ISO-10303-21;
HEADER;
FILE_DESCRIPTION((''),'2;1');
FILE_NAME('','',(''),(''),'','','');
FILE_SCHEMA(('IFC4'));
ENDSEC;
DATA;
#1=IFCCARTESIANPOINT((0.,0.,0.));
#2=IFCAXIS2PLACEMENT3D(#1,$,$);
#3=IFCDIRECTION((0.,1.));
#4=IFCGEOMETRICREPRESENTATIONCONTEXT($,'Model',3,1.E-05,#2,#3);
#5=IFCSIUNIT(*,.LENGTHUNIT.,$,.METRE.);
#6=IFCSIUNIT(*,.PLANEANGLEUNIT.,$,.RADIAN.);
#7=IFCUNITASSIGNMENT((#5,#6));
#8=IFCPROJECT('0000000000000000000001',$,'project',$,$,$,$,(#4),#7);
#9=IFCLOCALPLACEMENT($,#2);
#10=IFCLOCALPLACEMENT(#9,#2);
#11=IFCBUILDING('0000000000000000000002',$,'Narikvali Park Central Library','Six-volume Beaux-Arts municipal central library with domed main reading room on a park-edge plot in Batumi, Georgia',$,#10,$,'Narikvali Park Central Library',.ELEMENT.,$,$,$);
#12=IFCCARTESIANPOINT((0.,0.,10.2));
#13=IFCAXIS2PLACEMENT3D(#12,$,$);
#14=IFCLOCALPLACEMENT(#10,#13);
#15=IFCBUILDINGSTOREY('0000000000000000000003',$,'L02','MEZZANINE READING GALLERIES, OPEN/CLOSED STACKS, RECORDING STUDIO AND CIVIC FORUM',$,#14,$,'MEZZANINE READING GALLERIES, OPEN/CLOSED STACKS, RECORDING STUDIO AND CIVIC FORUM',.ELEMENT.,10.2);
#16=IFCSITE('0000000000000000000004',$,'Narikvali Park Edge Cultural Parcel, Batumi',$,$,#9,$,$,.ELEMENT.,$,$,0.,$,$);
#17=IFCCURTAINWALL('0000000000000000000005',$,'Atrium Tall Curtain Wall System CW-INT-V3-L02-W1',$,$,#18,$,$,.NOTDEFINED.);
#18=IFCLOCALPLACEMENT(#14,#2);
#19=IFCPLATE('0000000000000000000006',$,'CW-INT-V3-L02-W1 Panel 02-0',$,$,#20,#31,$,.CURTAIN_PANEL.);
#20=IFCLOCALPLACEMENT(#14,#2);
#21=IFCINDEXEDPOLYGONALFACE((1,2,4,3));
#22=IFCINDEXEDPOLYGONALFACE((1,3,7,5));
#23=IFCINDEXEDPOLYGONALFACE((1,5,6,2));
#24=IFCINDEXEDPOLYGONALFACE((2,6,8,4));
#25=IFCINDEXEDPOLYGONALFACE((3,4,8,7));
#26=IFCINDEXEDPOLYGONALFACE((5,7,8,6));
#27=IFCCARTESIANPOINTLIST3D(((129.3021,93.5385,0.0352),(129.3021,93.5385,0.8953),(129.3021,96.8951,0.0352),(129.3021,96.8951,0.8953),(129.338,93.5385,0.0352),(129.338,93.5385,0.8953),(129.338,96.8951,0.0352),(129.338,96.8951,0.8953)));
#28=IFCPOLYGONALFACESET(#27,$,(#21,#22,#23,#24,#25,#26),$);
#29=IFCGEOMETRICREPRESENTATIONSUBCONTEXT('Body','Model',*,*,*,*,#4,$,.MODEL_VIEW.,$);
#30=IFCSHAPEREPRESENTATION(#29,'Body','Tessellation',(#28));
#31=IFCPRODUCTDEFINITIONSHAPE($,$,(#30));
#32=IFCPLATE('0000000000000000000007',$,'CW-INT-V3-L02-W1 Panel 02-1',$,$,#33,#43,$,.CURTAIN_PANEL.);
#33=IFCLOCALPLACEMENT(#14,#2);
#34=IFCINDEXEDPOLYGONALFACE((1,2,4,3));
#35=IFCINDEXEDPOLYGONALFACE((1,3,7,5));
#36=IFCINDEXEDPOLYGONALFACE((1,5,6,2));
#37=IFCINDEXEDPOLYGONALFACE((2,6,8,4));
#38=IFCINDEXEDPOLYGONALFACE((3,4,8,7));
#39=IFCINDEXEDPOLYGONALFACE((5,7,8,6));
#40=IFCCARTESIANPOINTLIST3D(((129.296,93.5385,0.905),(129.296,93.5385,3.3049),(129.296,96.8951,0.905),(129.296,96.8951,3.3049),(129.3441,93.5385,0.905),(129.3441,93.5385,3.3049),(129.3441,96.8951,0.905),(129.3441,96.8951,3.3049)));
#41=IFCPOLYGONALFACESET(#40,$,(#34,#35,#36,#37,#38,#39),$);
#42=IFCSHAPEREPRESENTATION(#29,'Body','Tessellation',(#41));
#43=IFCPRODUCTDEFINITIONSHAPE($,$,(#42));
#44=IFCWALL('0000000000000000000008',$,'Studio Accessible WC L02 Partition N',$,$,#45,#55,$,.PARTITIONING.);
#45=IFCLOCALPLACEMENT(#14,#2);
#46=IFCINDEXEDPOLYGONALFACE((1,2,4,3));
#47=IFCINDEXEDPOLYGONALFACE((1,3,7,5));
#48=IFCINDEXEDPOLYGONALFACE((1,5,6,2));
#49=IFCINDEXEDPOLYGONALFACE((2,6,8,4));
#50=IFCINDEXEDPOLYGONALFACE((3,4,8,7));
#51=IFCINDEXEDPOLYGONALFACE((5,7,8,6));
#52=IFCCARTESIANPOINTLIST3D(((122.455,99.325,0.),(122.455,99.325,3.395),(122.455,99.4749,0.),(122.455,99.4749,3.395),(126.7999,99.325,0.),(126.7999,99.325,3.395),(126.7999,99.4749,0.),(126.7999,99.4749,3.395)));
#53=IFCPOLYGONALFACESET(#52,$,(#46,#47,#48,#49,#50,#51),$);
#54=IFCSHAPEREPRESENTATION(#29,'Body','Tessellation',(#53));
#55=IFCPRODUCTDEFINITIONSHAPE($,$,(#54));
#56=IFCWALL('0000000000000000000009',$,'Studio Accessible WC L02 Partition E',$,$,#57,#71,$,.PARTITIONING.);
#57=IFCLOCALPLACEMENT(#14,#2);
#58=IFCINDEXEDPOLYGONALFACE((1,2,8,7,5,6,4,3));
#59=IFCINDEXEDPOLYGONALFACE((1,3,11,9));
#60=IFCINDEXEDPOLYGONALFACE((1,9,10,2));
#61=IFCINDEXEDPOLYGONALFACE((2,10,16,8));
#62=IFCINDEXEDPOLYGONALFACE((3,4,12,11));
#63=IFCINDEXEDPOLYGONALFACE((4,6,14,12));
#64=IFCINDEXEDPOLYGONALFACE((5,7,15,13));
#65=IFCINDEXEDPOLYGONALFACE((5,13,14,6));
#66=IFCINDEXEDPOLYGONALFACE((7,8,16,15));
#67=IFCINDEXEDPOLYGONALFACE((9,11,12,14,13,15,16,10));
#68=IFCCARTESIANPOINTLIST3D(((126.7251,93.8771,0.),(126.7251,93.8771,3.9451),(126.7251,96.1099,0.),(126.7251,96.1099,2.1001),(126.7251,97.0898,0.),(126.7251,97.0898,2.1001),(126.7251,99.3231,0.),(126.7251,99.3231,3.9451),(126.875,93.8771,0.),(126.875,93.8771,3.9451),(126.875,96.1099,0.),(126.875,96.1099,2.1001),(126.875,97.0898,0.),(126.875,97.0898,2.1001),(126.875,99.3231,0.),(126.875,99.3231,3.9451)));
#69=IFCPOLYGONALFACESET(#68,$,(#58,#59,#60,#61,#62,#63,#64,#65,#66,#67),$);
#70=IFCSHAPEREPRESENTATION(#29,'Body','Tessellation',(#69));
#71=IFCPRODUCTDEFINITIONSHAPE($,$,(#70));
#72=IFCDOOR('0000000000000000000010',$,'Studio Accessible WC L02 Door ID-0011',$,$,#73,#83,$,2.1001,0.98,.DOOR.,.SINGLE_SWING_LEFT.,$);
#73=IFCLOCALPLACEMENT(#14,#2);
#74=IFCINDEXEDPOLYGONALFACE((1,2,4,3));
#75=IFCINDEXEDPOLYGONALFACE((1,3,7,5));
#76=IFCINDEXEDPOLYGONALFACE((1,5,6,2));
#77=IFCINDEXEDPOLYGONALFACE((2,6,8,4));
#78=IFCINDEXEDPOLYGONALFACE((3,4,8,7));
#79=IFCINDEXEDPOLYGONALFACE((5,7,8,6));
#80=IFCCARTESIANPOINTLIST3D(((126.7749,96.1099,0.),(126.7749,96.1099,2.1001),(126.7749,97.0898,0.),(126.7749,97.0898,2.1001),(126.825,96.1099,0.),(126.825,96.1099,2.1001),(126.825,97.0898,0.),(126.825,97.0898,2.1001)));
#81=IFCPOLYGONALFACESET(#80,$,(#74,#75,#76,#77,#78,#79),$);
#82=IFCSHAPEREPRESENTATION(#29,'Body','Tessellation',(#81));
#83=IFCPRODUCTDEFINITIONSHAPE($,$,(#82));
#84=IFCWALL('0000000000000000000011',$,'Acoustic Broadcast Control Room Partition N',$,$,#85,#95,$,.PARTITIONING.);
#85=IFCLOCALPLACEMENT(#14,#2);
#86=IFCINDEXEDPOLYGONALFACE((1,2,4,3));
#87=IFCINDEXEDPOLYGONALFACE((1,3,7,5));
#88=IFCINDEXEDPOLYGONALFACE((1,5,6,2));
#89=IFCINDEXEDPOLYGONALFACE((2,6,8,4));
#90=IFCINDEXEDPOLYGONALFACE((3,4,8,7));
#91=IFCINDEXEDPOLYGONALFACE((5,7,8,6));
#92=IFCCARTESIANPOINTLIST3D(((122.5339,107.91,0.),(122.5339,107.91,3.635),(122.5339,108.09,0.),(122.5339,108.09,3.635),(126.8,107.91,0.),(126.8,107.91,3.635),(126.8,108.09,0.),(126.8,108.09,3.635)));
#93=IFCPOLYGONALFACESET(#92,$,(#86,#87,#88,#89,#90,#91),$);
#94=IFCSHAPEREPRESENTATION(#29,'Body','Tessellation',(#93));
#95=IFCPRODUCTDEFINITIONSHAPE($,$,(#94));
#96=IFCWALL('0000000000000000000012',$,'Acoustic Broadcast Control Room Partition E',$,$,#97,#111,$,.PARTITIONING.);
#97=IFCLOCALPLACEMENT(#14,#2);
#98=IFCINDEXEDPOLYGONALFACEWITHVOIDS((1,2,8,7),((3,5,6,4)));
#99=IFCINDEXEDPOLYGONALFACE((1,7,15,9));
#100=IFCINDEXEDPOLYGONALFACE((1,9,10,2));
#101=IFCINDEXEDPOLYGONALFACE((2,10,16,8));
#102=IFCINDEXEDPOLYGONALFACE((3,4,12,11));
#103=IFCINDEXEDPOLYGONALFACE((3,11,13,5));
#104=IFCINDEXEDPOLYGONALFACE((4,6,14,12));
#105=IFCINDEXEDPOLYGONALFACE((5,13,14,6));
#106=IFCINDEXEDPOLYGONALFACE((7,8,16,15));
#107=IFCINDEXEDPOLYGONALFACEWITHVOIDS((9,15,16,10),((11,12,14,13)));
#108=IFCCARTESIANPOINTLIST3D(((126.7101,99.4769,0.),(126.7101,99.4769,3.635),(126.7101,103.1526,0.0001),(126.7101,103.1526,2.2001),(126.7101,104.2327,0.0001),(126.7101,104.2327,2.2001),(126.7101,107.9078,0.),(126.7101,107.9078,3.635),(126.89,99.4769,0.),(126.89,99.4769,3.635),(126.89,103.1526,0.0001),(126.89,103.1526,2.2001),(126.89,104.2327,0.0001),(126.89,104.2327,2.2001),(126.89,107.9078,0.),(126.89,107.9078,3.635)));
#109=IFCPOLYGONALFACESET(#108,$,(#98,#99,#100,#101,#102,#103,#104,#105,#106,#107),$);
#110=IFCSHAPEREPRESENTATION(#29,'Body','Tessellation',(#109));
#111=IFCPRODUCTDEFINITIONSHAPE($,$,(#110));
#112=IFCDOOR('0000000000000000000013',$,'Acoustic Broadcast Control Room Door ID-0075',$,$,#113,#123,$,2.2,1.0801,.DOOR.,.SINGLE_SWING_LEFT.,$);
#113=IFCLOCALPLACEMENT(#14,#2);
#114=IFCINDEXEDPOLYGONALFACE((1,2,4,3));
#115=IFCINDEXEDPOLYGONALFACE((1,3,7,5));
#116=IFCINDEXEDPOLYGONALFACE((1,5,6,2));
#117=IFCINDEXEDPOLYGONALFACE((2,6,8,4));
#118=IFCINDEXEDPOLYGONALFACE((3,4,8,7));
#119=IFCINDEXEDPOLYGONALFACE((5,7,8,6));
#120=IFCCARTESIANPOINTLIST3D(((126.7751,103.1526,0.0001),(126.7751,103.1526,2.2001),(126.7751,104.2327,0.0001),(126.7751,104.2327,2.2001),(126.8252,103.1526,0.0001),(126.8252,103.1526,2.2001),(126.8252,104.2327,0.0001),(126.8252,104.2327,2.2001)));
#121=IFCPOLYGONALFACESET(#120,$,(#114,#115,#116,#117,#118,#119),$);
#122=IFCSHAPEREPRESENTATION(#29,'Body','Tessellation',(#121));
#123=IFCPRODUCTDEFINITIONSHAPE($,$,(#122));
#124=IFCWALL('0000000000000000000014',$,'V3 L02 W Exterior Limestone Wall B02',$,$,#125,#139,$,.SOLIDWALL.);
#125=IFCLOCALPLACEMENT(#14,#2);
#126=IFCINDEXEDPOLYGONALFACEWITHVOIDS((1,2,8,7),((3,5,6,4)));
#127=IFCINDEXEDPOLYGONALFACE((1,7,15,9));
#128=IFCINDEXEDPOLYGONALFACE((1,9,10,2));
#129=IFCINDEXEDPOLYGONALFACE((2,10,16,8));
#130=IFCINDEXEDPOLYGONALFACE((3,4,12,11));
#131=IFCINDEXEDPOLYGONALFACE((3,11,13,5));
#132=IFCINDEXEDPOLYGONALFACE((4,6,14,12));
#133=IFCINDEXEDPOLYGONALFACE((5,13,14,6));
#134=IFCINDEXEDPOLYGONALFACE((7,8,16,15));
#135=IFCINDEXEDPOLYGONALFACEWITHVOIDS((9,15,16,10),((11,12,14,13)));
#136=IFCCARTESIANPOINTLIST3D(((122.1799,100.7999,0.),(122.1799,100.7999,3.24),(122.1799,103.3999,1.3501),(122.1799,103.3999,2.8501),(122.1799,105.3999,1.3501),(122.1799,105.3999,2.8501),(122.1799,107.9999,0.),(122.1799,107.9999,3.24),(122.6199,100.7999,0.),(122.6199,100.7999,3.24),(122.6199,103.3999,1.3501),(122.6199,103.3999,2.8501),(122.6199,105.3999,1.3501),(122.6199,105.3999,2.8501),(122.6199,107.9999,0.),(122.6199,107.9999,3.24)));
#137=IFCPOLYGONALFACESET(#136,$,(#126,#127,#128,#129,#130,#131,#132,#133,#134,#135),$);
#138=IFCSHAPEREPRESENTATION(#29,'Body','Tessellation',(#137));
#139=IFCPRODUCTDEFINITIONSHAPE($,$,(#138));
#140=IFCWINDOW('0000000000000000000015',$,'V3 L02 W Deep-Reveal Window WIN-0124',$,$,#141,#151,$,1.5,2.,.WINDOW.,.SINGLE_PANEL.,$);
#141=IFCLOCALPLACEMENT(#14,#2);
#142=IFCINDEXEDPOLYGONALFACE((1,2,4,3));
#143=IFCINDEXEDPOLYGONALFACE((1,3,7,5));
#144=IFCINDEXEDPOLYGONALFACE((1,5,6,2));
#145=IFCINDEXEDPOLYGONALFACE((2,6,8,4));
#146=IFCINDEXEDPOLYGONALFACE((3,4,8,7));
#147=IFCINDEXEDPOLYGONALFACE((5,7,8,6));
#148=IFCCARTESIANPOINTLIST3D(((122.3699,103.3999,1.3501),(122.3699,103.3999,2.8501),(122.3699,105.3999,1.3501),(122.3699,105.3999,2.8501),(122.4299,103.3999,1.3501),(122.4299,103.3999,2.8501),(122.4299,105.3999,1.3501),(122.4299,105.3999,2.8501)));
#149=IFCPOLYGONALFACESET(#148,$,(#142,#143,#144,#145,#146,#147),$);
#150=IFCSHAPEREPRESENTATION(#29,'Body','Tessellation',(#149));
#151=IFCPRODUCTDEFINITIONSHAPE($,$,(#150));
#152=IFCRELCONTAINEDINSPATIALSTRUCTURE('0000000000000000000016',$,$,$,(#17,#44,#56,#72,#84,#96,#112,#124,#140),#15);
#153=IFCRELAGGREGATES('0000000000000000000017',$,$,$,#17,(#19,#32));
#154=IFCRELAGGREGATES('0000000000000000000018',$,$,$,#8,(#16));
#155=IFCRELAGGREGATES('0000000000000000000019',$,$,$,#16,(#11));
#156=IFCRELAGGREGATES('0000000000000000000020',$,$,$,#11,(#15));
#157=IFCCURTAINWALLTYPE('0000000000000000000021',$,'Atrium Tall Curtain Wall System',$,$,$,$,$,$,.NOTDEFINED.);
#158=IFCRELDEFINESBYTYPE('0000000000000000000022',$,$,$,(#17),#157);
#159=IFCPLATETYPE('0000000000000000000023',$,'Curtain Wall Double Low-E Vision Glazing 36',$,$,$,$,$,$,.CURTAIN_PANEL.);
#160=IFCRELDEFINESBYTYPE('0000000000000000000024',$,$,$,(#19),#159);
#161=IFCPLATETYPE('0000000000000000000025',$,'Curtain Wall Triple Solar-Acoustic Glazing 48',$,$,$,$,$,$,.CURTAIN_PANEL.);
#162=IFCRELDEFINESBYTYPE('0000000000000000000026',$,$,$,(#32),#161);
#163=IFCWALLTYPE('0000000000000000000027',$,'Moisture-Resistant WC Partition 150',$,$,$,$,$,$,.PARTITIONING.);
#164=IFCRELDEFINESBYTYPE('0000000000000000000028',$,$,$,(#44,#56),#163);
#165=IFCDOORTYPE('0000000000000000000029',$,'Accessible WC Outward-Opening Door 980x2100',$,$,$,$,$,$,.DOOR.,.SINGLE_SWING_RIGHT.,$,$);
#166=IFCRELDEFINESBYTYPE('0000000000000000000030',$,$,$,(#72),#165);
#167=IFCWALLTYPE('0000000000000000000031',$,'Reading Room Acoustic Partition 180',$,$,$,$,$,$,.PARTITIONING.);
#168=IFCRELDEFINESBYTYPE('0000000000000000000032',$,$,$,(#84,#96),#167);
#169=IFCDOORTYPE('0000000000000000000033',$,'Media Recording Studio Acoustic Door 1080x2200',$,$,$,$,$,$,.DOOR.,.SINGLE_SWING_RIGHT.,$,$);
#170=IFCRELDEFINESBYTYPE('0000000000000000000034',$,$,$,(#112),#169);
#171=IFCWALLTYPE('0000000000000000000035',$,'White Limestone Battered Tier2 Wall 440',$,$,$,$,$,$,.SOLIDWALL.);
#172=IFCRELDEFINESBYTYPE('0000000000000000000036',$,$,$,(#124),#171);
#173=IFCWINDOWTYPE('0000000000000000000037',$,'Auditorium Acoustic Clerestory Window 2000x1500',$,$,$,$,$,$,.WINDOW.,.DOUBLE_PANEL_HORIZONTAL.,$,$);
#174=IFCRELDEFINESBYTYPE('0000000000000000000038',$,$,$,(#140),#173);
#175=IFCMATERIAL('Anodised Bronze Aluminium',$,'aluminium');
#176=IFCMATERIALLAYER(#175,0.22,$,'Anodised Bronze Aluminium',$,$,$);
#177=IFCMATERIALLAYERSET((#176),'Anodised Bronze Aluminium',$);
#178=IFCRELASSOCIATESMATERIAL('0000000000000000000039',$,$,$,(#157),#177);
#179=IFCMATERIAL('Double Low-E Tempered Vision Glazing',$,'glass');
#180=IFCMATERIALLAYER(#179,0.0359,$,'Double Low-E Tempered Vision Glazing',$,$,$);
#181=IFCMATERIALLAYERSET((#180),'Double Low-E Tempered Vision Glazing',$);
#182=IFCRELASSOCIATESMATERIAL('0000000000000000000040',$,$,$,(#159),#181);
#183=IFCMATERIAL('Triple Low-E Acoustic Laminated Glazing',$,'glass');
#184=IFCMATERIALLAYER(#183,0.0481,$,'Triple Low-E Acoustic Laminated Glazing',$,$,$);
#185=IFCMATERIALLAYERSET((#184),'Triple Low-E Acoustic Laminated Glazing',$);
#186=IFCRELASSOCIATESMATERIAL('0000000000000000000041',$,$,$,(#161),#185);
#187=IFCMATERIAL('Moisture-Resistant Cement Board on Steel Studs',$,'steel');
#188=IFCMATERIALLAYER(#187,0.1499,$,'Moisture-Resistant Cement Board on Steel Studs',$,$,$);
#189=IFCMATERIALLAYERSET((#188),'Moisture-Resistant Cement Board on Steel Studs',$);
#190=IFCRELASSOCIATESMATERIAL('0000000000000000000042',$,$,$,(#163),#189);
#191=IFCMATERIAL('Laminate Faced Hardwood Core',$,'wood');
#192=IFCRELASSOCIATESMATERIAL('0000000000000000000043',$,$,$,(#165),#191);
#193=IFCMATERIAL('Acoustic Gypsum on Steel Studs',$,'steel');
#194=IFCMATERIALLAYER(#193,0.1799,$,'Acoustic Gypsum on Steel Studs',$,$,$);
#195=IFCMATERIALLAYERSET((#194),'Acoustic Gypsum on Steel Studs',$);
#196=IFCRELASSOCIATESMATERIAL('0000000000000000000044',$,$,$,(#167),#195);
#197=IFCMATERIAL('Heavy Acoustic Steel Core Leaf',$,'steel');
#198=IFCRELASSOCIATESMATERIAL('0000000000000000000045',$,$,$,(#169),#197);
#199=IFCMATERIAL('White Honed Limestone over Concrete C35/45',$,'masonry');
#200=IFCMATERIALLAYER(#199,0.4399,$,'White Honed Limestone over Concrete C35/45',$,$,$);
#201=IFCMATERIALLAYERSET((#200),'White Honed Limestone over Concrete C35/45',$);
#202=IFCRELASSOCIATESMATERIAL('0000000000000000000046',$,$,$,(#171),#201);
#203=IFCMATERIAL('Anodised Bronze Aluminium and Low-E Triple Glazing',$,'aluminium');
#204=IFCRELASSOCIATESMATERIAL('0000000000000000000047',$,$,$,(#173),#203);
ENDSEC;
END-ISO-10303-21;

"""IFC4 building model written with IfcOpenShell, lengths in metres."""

from ifc_helpers import new_model, si_unit, direction, frame, frame_2d, origin, origin_2d, place, context, subcontext, project, spatial, rectangle, extrude, material, layer, layer_set, type_object, element, fill, aggregate, save


model = new_model("IFC4")

# Units and contexts
model_context = context("Model", 3, precision=1e-05, world=origin(), true_north=direction((0.0, 1.0)))
body_context = subcontext(model_context, "Body", "Model", "MODEL_VIEW")
ifc_project = project(units=[si_unit("LENGTHUNIT", "METRE"), si_unit("PLANEANGLEUNIT", "RADIAN")], contexts=[model_context])

# Site, building, storey
site_placement = place(None, origin())
site = spatial("IfcSite", under=ifc_project, at=site_placement, Name="Narikvali Park Edge Cultural Parcel, Batumi", CompositionType="ELEMENT", RefElevation=0.0)
building_placement = place(site_placement, origin())
building = spatial("IfcBuilding", under=site, at=building_placement, Name="Narikvali Park Central Library", Description="Six-volume Beaux-Arts municipal central library with domed main reading room on a park-edge plot in Batumi, Georgia", LongName="Narikvali Park Central Library", CompositionType="ELEMENT")
storey_placement = place(building_placement, frame((0.0, 0.0, 10.2)))
storey = spatial("IfcBuildingStorey", under=building, at=storey_placement, Name="L02", Description="MEZZANINE READING GALLERIES, OPEN/CLOSED STACKS, RECORDING STUDIO AND CIVIC FORUM", LongName="MEZZANINE READING GALLERIES, OPEN/CLOSED STACKS, RECORDING STUDIO AND CIVIC FORUM", CompositionType="ELEMENT", Elevation=10.2)

# Shared definitions
ifc_material_1 = material(Name="Anodised Bronze Aluminium", Category="aluminium")
ifc_layer_1 = layer(ifc_material_1, 0.22, Name="Anodised Bronze Aluminium")
ifc_layer_set_1 = layer_set([ifc_layer_1], Name="Anodised Bronze Aluminium")
curtain_wall_type = type_object("IfcCurtainWallType", Name="Atrium Tall Curtain Wall System", PredefinedType="NOTDEFINED", material=ifc_layer_set_1)

# Curtain wall
curtain_wall_1_placement = place(storey_placement, origin())
curtain_wall_1 = element("IfcCurtainWall", 1, at=curtain_wall_1_placement, inside=storey, type_object=curtain_wall_type, Name="Atrium Tall Curtain Wall System CW-INT-V3-L02-W1", PredefinedType="NOTDEFINED")

# Plates
ifc_material_2 = material(Name="Double Low-E Tempered Vision Glazing", Category="glass")
ifc_layer_2 = layer(ifc_material_2, 0.0359, Name="Double Low-E Tempered Vision Glazing")
ifc_layer_set_2 = layer_set([ifc_layer_2], Name="Double Low-E Tempered Vision Glazing")
plate_type_1 = type_object("IfcPlateType", Name="Curtain Wall Double Low-E Vision Glazing 36", PredefinedType="CURTAIN_PANEL", material=ifc_layer_set_2)
plate_1_placement = place(storey_placement, frame((129.3201, 95.2168, 0.0352), z_axis=(0.0, 0.0, 1.0), x_axis=(0.0, 1.0, 0.0)))
plate_1 = element("IfcPlate", 2, at=plate_1_placement, type_object=plate_type_1, Name="CW-INT-V3-L02-W1 Panel 02-0", PredefinedType="CURTAIN_PANEL", context=body_context, shape_type="SweptSolid", body=[
    extrude(rectangle(XDim=3.3567, YDim=0.0359, at=origin_2d()), origin(), (0.0, 0.0, 1.0), 0.8601),
])
ifc_material_3 = material(Name="Triple Low-E Acoustic Laminated Glazing", Category="glass")
ifc_layer_3 = layer(ifc_material_3, 0.0481, Name="Triple Low-E Acoustic Laminated Glazing")
ifc_layer_set_3 = layer_set([ifc_layer_3], Name="Triple Low-E Acoustic Laminated Glazing")
plate_type_2 = type_object("IfcPlateType", Name="Curtain Wall Triple Solar-Acoustic Glazing 48", PredefinedType="CURTAIN_PANEL", material=ifc_layer_set_3)
plate_2_placement = place(storey_placement, frame((129.3201, 95.2168, 0.905), z_axis=(0.0, 0.0, 1.0), x_axis=(0.0, 1.0, 0.0)))
plate_2 = element("IfcPlate", 3, at=plate_2_placement, type_object=plate_type_2, Name="CW-INT-V3-L02-W1 Panel 02-1", PredefinedType="CURTAIN_PANEL", context=body_context, shape_type="SweptSolid", body=[
    extrude(rectangle(XDim=3.3567, YDim=0.0481, at=origin_2d()), origin(), (0.0, 0.0, 1.0), 2.3999),
])
aggregate(curtain_wall_1, [plate_1, plate_2])

# Wall
ifc_material_4 = material(Name="Moisture-Resistant Cement Board on Steel Studs", Category="steel")
ifc_layer_4 = layer(ifc_material_4, 0.1499, Name="Moisture-Resistant Cement Board on Steel Studs")
ifc_layer_set_4 = layer_set([ifc_layer_4], Name="Moisture-Resistant Cement Board on Steel Studs")
wall_type_1 = type_object("IfcWallType", Name="Moisture-Resistant WC Partition 150", PredefinedType="PARTITIONING", material=ifc_layer_set_4)
wall_1_placement = place(storey_placement, frame((122.4551, 99.3999, 0.0), z_axis=(0.0, 0.0, 1.0), x_axis=(1.0, 0.0, 0.0)))
element("IfcWall", 4, at=wall_1_placement, inside=storey, type_object=wall_type_1, Name="Studio Accessible WC L02 Partition N", PredefinedType="PARTITIONING", context=body_context, shape_type="SweptSolid", body=[
    extrude(rectangle(XDim=4.345, YDim=0.1499, at=frame_2d((2.1724, 0.0))), origin(), (0.0, 0.0, 1.0), 3.395),
])

# Wall, opening, door
wall_2_placement = place(storey_placement, frame((126.8, 93.877, 0.0), z_axis=(0.0, 0.0, 1.0), x_axis=(0.0, 1.0, 0.0)))
wall_2 = element("IfcWall", 5, at=wall_2_placement, inside=storey, type_object=wall_type_1, Name="Studio Accessible WC L02 Partition E", PredefinedType="PARTITIONING", context=body_context, shape_type="SweptSolid", body=[
    extrude(rectangle(XDim=5.446, YDim=0.1499, at=frame_2d((2.7231, 0.0))), origin(), (0.0, 0.0, 1.0), 3.9451),
])
opening_1_placement = place(wall_2_placement, frame((2.2329, 0.0, 0.0)))
opening_1 = element("IfcOpeningElement", 6, at=opening_1_placement, cuts=wall_2, PredefinedType="OPENING", context=body_context, shape_type="SweptSolid", body=[
    extrude(rectangle(XDim=0.98, YDim=2.1001, at=frame_2d((0.49, 1.05))), frame((0.0, 0.0869, 0.0), z_axis=(0.0, -1.0, 0.0), x_axis=(1.0, 0.0, 0.0)), (0.0, 0.0, 1.0), 0.1738),
])
ifc_material_5 = material(Name="Laminate Faced Hardwood Core", Category="wood")
door_type_1 = type_object("IfcDoorType", Name="Accessible WC Outward-Opening Door 980x2100", OperationType="SINGLE_SWING_RIGHT", PredefinedType="DOOR", material=ifc_material_5)
door_1_placement = place(opening_1_placement, frame((0.98, 0.0, 0.0), z_axis=(0.0, 0.0, 1.0), x_axis=(-1.0, 0.0, 0.0)))
door_1 = element("IfcDoor", 7, at=door_1_placement, inside=storey, type_object=door_type_1, Name="Studio Accessible WC L02 Door ID-0011", OperationType="SINGLE_SWING_LEFT", OverallHeight=2.1001, OverallWidth=0.98, PredefinedType="DOOR", context=body_context, shape_type="SweptSolid", body=[
    extrude(rectangle(XDim=0.98, YDim=2.1001, at=frame_2d((0.49, 1.05))), frame((0.0, 0.0249, 0.0), z_axis=(0.0, -1.0, 0.0), x_axis=(1.0, 0.0, 0.0)), (0.0, 0.0, 1.0), 0.05),
])
fill(opening_1, door_1)

# Wall
ifc_material_6 = material(Name="Acoustic Gypsum on Steel Studs", Category="steel")
ifc_layer_5 = layer(ifc_material_6, 0.1799, Name="Acoustic Gypsum on Steel Studs")
ifc_layer_set_5 = layer_set([ifc_layer_5], Name="Acoustic Gypsum on Steel Studs")
wall_type_2 = type_object("IfcWallType", Name="Reading Room Acoustic Partition 180", PredefinedType="PARTITIONING", material=ifc_layer_set_5)
wall_3_placement = place(storey_placement, frame((122.5339, 108.0, 0.0), z_axis=(0.0, 0.0, 1.0), x_axis=(1.0, 0.0, 0.0)))
element("IfcWall", 8, at=wall_3_placement, inside=storey, type_object=wall_type_2, Name="Acoustic Broadcast Control Room Partition N", PredefinedType="PARTITIONING", context=body_context, shape_type="SweptSolid", body=[
    extrude(rectangle(XDim=4.2661, YDim=0.1799, at=frame_2d((2.1331, 0.0))), origin(), (0.0, 0.0, 1.0), 3.635),
])

# Wall, opening, door
wall_4_placement = place(storey_placement, frame((126.8, 99.4771, 0.0), z_axis=(0.0, 0.0, 1.0), x_axis=(0.0, 1.0, 0.0)))
wall_4 = element("IfcWall", 9, at=wall_4_placement, inside=storey, type_object=wall_type_2, Name="Acoustic Broadcast Control Room Partition E", PredefinedType="PARTITIONING", context=body_context, shape_type="SweptSolid", body=[
    extrude(rectangle(XDim=8.4309, YDim=0.1799, at=frame_2d((4.2153, 0.0))), origin(), (0.0, 0.0, 1.0), 3.635),
])
opening_2_placement = place(wall_4_placement, frame((3.6755, 0.0, 0.0)))
opening_2 = element("IfcOpeningElement", 10, at=opening_2_placement, cuts=wall_4, PredefinedType="OPENING", context=body_context, shape_type="SweptSolid", body=[
    extrude(rectangle(XDim=1.0801, YDim=2.2, at=frame_2d((0.54, 1.1001))), frame((0.0, 0.1021, 0.0), z_axis=(0.0, -1.0, 0.0), x_axis=(1.0, 0.0, 0.0)), (0.0, 0.0, 1.0), 0.2039),
])
ifc_material_7 = material(Name="Heavy Acoustic Steel Core Leaf", Category="steel")
door_type_2 = type_object("IfcDoorType", Name="Media Recording Studio Acoustic Door 1080x2200", OperationType="SINGLE_SWING_RIGHT", PredefinedType="DOOR", material=ifc_material_7)
door_2_placement = place(opening_2_placement, origin())
door_2 = element("IfcDoor", 11, at=door_2_placement, inside=storey, type_object=door_type_2, Name="Acoustic Broadcast Control Room Door ID-0075", OperationType="SINGLE_SWING_LEFT", OverallHeight=2.2, OverallWidth=1.0801, PredefinedType="DOOR", context=body_context, shape_type="SweptSolid", body=[
    extrude(rectangle(XDim=1.0801, YDim=2.2, at=frame_2d((0.54, 1.1001))), frame((0.0, 0.0249, 0.0), z_axis=(0.0, -1.0, 0.0), x_axis=(1.0, 0.0, 0.0)), (0.0, 0.0, 1.0), 0.05),
])
fill(opening_2, door_2)

# Wall, opening, window
ifc_material_8 = material(Name="White Honed Limestone over Concrete C35/45", Category="masonry")
ifc_layer_6 = layer(ifc_material_8, 0.4399, Name="White Honed Limestone over Concrete C35/45")
ifc_layer_set_6 = layer_set([ifc_layer_6], Name="White Honed Limestone over Concrete C35/45")
wall_type_3 = type_object("IfcWallType", Name="White Limestone Battered Tier2 Wall 440", PredefinedType="SOLIDWALL", material=ifc_layer_set_6)
wall_5_placement = place(storey_placement, frame((122.3999, 108.0, 0.0), z_axis=(0.0, 0.0, 1.0), x_axis=(0.0, -1.0, 0.0)))
wall_5 = element("IfcWall", 12, at=wall_5_placement, inside=storey, type_object=wall_type_3, Name="V3 L02 W Exterior Limestone Wall B02", PredefinedType="SOLIDWALL", context=body_context, shape_type="SweptSolid", body=[
    extrude(rectangle(XDim=7.2, YDim=0.4399, at=frame_2d((3.6001, 0.0))), origin(), (0.0, 0.0, 1.0), 3.24),
])
opening_3_placement = place(wall_5_placement, frame((2.6001, 0.0, 1.3501)))
opening_3 = element("IfcOpeningElement", 13, at=opening_3_placement, cuts=wall_5, PredefinedType="OPENING", context=body_context, shape_type="SweptSolid", body=[
    extrude(rectangle(XDim=2.0, YDim=1.5, at=frame_2d((1.0, 0.75))), frame((0.0, 0.2319, 0.0), z_axis=(0.0, -1.0, 0.0), x_axis=(1.0, 0.0, 0.0)), (0.0, 0.0, 1.0), 0.4639),
])
ifc_material_9 = material(Name="Anodised Bronze Aluminium and Low-E Triple Glazing", Category="aluminium")
window_type = type_object("IfcWindowType", Name="Auditorium Acoustic Clerestory Window 2000x1500", PartitioningType="DOUBLE_PANEL_HORIZONTAL", PredefinedType="WINDOW", material=ifc_material_9)
window_1_placement = place(opening_3_placement, origin())
window_1 = element("IfcWindow", 14, at=window_1_placement, inside=storey, type_object=window_type, Name="V3 L02 W Deep-Reveal Window WIN-0124", OverallHeight=1.5, OverallWidth=2.0, PartitioningType="SINGLE_PANEL", PredefinedType="WINDOW", context=body_context, shape_type="SweptSolid", body=[
    extrude(rectangle(XDim=2.0, YDim=1.5, at=frame_2d((1.0, 0.75))), frame((0.0, 0.03, 0.0), z_axis=(0.0, -1.0, 0.0), x_axis=(1.0, 0.0, 0.0)), (0.0, 0.0, 1.0), 0.0601),
])
fill(opening_3, window_1)

save(model, "model.ifc")
